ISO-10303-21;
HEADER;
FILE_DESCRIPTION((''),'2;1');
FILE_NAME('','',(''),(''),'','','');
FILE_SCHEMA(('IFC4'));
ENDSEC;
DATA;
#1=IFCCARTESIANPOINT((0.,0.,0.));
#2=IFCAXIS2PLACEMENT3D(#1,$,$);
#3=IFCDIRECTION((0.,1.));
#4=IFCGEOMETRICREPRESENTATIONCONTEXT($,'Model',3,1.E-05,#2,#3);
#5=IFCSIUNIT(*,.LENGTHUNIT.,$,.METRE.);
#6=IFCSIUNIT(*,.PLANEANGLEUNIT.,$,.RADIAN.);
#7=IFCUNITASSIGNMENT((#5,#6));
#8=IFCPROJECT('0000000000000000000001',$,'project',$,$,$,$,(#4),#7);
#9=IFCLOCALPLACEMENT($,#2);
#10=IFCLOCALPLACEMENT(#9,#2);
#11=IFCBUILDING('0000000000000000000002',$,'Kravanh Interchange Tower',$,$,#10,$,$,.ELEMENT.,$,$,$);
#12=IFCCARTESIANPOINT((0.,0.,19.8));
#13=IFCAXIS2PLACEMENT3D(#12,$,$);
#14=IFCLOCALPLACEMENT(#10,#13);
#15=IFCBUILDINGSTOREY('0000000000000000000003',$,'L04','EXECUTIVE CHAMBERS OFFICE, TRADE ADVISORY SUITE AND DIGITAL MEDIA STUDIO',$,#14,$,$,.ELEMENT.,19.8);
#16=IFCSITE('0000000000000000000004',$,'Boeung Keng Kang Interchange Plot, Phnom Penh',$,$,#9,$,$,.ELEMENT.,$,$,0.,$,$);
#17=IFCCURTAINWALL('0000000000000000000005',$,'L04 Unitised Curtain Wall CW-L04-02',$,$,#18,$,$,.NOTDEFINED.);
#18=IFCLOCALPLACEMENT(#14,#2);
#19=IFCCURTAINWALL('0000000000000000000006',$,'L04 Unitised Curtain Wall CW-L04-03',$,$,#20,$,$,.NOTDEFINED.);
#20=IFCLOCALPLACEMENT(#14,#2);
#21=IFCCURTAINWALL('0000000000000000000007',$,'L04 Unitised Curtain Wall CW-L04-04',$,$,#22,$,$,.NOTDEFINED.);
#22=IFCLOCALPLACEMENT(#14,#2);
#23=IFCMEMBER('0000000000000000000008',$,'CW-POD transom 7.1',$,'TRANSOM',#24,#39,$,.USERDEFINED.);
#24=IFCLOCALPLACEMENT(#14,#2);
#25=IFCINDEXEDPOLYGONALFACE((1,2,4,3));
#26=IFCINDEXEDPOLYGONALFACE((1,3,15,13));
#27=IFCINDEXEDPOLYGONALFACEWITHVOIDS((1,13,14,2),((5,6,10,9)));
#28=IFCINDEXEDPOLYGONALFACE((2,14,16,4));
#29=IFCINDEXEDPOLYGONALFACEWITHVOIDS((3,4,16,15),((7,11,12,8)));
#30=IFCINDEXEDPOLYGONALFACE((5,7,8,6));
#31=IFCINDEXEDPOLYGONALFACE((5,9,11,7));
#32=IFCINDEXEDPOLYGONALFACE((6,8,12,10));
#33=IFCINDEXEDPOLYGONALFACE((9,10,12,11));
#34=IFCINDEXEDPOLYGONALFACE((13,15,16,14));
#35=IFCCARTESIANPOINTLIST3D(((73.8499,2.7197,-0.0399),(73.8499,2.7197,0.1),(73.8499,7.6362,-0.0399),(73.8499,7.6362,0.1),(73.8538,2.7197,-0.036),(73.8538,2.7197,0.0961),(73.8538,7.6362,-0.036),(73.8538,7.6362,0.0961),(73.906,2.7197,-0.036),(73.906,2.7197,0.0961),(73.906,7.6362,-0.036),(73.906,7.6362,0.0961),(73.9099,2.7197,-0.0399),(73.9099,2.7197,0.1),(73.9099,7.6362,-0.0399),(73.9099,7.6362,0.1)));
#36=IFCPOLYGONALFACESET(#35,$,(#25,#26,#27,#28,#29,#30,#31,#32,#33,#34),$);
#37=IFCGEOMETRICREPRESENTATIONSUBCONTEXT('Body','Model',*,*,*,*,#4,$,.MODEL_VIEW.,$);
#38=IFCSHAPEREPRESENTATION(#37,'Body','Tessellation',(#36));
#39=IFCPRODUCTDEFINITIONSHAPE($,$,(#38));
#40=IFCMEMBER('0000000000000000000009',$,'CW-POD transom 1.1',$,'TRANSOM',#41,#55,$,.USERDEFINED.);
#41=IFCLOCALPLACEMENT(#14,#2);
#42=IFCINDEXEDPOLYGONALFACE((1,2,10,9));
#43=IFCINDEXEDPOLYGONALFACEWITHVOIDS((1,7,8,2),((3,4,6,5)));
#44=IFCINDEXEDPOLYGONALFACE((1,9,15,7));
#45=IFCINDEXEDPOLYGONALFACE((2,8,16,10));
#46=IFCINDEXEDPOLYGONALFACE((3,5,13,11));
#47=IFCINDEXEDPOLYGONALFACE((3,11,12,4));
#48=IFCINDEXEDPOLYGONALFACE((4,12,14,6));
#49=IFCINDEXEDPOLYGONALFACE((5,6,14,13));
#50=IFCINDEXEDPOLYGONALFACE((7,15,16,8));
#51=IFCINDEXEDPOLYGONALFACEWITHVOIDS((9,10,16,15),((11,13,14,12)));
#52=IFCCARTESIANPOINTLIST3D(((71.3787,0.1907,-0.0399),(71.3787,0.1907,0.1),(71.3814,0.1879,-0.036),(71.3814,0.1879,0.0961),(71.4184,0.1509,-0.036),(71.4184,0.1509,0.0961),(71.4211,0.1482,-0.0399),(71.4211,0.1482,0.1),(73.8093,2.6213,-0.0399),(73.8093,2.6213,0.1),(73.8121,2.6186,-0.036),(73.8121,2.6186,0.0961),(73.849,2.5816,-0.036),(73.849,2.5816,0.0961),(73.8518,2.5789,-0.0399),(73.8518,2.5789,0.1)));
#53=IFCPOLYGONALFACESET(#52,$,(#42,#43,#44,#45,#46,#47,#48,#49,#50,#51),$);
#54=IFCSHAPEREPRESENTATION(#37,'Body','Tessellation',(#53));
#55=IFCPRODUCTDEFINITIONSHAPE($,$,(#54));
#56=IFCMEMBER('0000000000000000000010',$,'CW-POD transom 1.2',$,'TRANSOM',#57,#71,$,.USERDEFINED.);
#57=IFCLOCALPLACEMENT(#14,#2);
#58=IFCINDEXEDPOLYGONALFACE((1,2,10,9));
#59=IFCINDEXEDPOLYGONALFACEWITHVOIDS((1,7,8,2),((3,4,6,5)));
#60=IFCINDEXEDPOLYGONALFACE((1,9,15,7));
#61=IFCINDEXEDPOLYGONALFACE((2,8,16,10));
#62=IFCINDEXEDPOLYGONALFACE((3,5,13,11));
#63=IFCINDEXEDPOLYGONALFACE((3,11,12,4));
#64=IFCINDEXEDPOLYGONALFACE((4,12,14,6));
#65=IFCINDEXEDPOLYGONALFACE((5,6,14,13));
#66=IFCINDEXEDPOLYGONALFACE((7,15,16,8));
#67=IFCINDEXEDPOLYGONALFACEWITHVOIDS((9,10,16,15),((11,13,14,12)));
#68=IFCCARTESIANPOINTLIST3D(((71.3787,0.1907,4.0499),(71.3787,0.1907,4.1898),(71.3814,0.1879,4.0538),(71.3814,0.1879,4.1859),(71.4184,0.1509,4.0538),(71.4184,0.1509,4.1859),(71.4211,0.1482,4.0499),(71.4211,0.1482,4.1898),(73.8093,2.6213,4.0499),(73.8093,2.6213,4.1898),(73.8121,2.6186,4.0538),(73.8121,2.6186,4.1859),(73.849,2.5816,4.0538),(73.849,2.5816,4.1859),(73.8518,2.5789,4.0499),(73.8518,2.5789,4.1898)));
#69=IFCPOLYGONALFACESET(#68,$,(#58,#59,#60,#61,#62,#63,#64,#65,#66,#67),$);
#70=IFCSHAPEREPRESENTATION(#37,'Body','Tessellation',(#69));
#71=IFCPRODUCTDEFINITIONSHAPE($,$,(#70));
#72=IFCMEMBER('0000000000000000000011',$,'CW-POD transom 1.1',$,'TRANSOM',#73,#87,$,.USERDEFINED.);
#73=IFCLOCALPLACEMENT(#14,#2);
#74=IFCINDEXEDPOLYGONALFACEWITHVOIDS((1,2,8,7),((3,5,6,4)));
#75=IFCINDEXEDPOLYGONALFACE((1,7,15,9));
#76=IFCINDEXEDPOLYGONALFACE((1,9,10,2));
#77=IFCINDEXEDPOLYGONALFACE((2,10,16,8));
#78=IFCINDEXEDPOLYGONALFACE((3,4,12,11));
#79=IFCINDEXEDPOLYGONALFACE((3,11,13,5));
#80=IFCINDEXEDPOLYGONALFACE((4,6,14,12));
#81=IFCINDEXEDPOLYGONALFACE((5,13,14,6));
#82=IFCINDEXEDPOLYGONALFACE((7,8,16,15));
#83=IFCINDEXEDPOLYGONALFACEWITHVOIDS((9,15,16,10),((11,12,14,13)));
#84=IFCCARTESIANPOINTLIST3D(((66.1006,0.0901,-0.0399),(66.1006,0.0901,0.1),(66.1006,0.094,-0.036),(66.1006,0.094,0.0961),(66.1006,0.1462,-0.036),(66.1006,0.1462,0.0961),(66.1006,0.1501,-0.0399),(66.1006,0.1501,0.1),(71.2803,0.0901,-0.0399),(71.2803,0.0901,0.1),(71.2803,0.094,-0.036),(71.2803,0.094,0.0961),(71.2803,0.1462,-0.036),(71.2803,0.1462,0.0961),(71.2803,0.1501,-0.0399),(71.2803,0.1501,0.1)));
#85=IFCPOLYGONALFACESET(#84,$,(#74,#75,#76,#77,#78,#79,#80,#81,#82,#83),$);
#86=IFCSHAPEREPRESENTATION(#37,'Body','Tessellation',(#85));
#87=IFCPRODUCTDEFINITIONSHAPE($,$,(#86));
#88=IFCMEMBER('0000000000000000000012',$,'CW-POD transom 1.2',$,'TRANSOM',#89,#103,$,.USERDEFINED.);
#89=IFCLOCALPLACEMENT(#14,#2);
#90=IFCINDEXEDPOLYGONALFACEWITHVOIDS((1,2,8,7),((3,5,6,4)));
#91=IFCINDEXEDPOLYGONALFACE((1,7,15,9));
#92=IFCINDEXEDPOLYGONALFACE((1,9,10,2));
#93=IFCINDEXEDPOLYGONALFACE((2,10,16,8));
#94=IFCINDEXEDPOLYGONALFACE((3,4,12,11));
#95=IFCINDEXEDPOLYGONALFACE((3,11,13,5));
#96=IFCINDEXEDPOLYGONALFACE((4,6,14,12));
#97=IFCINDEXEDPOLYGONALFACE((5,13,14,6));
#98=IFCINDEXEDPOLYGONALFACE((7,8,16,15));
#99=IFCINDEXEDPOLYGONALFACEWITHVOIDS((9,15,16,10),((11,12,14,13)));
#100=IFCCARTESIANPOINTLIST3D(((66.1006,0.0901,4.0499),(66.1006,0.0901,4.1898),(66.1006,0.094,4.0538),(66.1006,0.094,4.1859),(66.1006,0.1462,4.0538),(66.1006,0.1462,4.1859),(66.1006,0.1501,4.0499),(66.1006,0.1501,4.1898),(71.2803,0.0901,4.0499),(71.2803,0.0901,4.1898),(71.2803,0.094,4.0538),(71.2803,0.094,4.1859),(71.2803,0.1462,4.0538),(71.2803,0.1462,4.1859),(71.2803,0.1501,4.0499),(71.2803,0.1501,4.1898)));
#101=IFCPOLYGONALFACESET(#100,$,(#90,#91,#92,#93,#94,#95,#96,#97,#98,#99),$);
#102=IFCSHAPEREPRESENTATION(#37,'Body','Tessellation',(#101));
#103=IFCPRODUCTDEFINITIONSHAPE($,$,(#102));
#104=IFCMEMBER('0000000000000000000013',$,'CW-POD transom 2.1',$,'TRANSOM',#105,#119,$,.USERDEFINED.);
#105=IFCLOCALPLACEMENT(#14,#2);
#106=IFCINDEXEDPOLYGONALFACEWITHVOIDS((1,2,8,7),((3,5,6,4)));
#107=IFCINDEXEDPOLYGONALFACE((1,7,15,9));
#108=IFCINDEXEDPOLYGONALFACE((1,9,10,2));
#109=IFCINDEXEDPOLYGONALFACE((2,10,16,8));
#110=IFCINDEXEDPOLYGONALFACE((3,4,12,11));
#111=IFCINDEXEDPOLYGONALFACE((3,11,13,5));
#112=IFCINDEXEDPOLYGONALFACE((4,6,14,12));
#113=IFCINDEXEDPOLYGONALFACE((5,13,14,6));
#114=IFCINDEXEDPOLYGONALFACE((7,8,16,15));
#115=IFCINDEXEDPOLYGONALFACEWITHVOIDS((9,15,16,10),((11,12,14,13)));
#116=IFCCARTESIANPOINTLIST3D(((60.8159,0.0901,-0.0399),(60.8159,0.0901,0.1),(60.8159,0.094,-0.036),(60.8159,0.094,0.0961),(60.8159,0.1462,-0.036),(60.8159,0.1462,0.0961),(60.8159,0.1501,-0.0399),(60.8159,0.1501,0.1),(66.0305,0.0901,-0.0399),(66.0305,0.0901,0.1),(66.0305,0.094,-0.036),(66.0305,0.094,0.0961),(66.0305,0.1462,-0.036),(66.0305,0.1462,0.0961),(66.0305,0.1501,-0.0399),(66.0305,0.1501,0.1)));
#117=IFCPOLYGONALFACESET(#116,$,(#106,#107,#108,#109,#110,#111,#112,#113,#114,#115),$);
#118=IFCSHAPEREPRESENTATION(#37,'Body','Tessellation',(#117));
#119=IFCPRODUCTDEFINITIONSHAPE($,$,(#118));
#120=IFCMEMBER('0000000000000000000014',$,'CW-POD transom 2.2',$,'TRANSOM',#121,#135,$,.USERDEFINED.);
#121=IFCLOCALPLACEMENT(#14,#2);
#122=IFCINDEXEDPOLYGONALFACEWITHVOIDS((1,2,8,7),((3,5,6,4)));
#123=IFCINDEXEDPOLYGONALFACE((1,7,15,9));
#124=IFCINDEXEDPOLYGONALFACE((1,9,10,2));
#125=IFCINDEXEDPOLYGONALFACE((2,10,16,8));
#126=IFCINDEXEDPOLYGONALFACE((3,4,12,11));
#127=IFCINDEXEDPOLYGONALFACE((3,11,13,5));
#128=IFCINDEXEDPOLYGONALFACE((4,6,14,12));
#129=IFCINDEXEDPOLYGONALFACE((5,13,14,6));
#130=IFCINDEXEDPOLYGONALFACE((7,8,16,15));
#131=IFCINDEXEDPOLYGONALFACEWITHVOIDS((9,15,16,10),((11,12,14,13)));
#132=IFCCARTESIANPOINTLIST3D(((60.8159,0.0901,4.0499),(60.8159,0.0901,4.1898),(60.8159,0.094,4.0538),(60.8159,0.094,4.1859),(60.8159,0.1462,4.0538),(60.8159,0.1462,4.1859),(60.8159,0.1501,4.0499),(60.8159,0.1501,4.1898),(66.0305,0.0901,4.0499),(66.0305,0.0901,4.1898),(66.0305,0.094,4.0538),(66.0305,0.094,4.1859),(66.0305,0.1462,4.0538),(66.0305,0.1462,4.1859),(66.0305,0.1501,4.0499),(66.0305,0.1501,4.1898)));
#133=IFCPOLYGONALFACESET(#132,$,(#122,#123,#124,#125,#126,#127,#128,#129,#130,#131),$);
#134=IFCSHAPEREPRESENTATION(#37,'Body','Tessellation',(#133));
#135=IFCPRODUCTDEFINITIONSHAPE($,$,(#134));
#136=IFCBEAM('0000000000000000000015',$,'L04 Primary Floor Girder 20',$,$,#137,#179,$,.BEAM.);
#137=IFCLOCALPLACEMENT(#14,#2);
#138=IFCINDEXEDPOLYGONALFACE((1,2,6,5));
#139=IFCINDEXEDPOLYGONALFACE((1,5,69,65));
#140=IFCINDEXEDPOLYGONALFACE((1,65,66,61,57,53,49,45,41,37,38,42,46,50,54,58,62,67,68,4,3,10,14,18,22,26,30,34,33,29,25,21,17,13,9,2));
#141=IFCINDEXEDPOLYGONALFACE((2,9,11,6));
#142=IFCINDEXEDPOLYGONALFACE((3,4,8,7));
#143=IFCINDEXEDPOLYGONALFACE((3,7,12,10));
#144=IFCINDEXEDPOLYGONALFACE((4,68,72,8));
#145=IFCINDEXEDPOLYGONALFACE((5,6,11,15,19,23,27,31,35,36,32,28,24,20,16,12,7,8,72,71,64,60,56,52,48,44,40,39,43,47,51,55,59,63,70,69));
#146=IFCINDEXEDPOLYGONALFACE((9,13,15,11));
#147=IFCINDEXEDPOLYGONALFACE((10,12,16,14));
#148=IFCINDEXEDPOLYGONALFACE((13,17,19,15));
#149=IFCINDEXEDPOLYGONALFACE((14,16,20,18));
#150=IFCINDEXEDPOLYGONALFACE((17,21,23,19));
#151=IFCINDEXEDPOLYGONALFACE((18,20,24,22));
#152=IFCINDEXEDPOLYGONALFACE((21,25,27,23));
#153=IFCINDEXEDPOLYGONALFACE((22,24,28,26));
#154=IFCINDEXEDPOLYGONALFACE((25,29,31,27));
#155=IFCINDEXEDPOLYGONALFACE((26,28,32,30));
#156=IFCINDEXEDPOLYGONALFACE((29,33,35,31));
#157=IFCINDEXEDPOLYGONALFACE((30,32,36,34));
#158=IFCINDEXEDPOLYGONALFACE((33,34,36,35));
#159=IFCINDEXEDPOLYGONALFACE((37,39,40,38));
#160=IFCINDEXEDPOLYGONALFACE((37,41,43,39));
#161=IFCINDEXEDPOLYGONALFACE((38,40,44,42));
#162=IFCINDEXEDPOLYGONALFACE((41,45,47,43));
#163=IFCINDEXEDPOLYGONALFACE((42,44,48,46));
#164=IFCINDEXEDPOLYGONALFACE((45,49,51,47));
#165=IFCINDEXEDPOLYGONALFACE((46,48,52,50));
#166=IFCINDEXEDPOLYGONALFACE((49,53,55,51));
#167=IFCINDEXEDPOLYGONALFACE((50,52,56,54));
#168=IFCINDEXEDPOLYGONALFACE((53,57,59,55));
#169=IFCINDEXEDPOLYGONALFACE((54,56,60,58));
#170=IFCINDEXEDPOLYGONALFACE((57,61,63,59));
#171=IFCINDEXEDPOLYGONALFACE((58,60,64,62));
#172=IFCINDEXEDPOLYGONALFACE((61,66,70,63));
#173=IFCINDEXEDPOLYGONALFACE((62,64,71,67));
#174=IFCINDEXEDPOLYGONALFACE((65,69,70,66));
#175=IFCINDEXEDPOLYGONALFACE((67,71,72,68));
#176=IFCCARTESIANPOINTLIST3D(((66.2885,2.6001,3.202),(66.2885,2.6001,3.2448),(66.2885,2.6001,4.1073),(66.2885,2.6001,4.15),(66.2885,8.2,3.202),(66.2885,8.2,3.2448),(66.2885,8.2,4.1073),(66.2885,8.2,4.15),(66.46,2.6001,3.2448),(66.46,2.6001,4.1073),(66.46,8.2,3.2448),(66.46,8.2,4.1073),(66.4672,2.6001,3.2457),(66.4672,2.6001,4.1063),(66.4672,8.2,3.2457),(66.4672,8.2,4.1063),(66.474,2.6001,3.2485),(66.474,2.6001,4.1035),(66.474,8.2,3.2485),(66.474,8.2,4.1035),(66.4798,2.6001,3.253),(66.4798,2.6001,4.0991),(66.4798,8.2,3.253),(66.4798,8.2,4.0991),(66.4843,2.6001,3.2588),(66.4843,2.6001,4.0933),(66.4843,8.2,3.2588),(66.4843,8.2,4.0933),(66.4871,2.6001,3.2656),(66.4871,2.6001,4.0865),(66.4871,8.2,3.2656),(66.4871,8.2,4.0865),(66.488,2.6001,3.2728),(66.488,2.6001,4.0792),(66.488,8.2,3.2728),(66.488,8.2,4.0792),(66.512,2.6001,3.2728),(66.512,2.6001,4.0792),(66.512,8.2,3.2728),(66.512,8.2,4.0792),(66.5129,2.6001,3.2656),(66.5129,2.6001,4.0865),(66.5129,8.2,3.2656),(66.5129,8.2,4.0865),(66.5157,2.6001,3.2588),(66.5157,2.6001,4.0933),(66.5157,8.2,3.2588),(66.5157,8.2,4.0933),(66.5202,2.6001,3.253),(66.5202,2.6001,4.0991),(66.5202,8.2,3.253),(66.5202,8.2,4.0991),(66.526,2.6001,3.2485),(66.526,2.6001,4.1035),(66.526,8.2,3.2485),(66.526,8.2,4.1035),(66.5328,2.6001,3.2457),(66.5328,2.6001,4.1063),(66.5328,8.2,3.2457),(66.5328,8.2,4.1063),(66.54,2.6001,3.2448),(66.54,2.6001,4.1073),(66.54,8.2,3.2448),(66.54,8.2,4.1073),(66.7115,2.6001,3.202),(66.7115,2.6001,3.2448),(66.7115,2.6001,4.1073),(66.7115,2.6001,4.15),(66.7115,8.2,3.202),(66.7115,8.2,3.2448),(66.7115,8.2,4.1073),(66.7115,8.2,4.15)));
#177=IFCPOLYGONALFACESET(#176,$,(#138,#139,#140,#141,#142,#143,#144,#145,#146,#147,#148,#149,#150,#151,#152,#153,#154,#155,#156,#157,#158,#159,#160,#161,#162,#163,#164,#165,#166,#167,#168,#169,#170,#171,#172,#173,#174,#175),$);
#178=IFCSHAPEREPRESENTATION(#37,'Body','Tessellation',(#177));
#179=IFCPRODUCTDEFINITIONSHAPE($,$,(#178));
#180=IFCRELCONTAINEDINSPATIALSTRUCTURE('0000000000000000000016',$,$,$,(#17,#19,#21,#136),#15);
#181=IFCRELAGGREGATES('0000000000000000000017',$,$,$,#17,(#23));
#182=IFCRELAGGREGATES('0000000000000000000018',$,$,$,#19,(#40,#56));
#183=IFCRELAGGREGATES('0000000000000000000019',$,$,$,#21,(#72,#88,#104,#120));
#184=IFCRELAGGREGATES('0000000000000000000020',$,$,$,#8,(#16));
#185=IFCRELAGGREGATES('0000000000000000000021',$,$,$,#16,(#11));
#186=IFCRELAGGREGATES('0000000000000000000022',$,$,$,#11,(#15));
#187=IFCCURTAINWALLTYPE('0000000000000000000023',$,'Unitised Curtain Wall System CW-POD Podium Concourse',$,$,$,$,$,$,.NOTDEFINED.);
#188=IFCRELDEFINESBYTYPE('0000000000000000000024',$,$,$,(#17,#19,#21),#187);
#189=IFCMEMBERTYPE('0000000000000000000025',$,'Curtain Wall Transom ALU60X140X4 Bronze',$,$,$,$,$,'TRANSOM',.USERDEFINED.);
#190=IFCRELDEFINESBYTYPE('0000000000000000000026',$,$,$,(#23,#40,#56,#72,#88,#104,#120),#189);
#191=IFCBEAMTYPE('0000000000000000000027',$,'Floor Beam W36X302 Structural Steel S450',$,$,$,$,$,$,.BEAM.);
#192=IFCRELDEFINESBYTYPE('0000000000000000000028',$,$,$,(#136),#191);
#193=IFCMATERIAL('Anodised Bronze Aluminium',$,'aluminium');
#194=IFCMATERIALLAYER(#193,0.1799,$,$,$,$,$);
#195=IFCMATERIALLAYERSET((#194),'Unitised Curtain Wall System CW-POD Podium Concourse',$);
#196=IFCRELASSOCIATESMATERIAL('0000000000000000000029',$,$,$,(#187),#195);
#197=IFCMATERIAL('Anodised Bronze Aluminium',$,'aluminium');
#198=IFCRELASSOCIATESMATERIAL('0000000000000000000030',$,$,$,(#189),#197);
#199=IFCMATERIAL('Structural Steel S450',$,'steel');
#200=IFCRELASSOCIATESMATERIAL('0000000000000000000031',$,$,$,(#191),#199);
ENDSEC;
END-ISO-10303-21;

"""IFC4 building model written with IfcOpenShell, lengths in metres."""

from ifc_helpers import new_model, si_unit, direction, frame, origin, origin_2d, place, context, subcontext, project, spatial, hollow_rectangle, i_section, extrude, material, layer, layer_set, material_profile, profile_set, type_object, element, aggregate, save


model = new_model("IFC4")

# Units and contexts
model_context = context("Model", 3, precision=1e-05, world=origin(), true_north=direction((0.0, 1.0)))
body_context = subcontext(model_context, "Body", "Model", "MODEL_VIEW")
ifc_project = project(units=[si_unit("LENGTHUNIT", "METRE"), si_unit("PLANEANGLEUNIT", "RADIAN")], contexts=[model_context])

# Site, building, storey
site_placement = place(None, origin())
site = spatial("IfcSite", under=ifc_project, at=site_placement, Name="Boeung Keng Kang Interchange Plot, Phnom Penh", CompositionType="ELEMENT", RefElevation=0.0)
building_placement = place(site_placement, origin())
building = spatial("IfcBuilding", under=site, at=building_placement, Name="Kravanh Interchange Tower", CompositionType="ELEMENT")
storey_placement = place(building_placement, frame((0.0, 0.0, 19.8)))
storey = spatial("IfcBuildingStorey", under=building, at=storey_placement, Name="L04", Description="EXECUTIVE CHAMBERS OFFICE, TRADE ADVISORY SUITE AND DIGITAL MEDIA STUDIO", CompositionType="ELEMENT", Elevation=19.8)

# Curtain wall
ifc_material_1 = material(Name="Anodised Bronze Aluminium", Category="aluminium")
ifc_layer_1 = layer(ifc_material_1, 0.1799)
ifc_layer_set_1 = layer_set([ifc_layer_1], Name="Unitised Curtain Wall System CW-POD Podium Concourse")
curtain_wall_type = type_object("IfcCurtainWallType", Name="Unitised Curtain Wall System CW-POD Podium Concourse", PredefinedType="NOTDEFINED", material=ifc_layer_set_1)
curtain_wall_1_placement = place(storey_placement, origin())
curtain_wall_1 = element("IfcCurtainWall", 1, at=curtain_wall_1_placement, inside=storey, type_object=curtain_wall_type, Name="L04 Unitised Curtain Wall CW-L04-02", PredefinedType="NOTDEFINED")

# Curtain walls
curtain_wall_2_placement = place(storey_placement, origin())
curtain_wall_2 = element("IfcCurtainWall", 2, at=curtain_wall_2_placement, inside=storey, type_object=curtain_wall_type, Name="L04 Unitised Curtain Wall CW-L04-03", PredefinedType="NOTDEFINED")
curtain_wall_3_placement = place(storey_placement, origin())
curtain_wall_3 = element("IfcCurtainWall", 3, at=curtain_wall_3_placement, inside=storey, type_object=curtain_wall_type, Name="L04 Unitised Curtain Wall CW-L04-04", PredefinedType="NOTDEFINED")

# Members
ifc_material_2 = material(Name="Anodised Bronze Aluminium", Category="aluminium")
ifc_material_profile_1 = material_profile(ifc_material_2, hollow_rectangle(XDim=0.0601, YDim=0.1399, WallThickness=0.0039, at=origin_2d()), Name="ALU60X140X4")
ifc_profile_set_1 = profile_set([ifc_material_profile_1], Name="Anodised Bronze Aluminium")
member_type_1 = type_object("IfcMemberType", Name="Curtain Wall Transom ALU60X140X4 Bronze", ElementType="TRANSOM", PredefinedType="USERDEFINED", material=ifc_profile_set_1)
member_1_placement = place(storey_placement, frame((73.8799, 7.6362, 0.03), z_axis=(0.0, -1.0, 0.0), x_axis=(1.0, 0.0, 0.0)))
member_1 = element("IfcMember", 4, at=member_1_placement, type_object=member_type_1, Name="CW-POD transom 7.1", ObjectType="TRANSOM", PredefinedType="USERDEFINED", context=body_context, shape_type="SweptSolid", body=[
    extrude(hollow_rectangle(XDim=0.0601, YDim=0.1399, WallThickness=0.0039, at=origin_2d()), origin(), (0.0, 0.0, 1.0), 4.9165),
])
member_2_placement = place(storey_placement, frame((73.8306, 2.6001, 0.03), z_axis=(-0.707107, -0.707107, 0.0), x_axis=(0.707107, -0.707107, 0.0)))
member_2 = element("IfcMember", 5, at=member_2_placement, type_object=member_type_1, Name="CW-POD transom 1.1", ObjectType="TRANSOM", PredefinedType="USERDEFINED", context=body_context, shape_type="SweptSolid", body=[
    extrude(hollow_rectangle(XDim=0.0601, YDim=0.1399, WallThickness=0.0039, at=origin_2d()), origin(), (0.0, 0.0, 1.0), 3.4375),
])
member_3_placement = place(storey_placement, frame((73.8306, 2.6001, 4.1199), z_axis=(-0.707107, -0.707107, 0.0), x_axis=(0.707107, -0.707107, 0.0)))
member_3 = element("IfcMember", 6, at=member_3_placement, type_object=member_type_1, Name="CW-POD transom 1.2", ObjectType="TRANSOM", PredefinedType="USERDEFINED", context=body_context, shape_type="SweptSolid", body=[
    extrude(hollow_rectangle(XDim=0.0601, YDim=0.1399, WallThickness=0.0039, at=origin_2d()), origin(), (0.0, 0.0, 1.0), 3.4375),
])
member_4_placement = place(storey_placement, frame((71.2803, 0.1201, 0.03), z_axis=(-1.0, 0.0, 0.0), x_axis=(0.0, -1.0, 0.0)))
member_4 = element("IfcMember", 7, at=member_4_placement, type_object=member_type_1, Name="CW-POD transom 1.1", ObjectType="TRANSOM", PredefinedType="USERDEFINED", context=body_context, shape_type="SweptSolid", body=[
    extrude(hollow_rectangle(XDim=0.0601, YDim=0.1399, WallThickness=0.0039, at=origin_2d()), origin(), (0.0, 0.0, 1.0), 5.1797),
])
member_5_placement = place(storey_placement, frame((71.2803, 0.1201, 4.1199), z_axis=(-1.0, 0.0, 0.0), x_axis=(0.0, -1.0, 0.0)))
member_5 = element("IfcMember", 8, at=member_5_placement, type_object=member_type_1, Name="CW-POD transom 1.2", ObjectType="TRANSOM", PredefinedType="USERDEFINED", context=body_context, shape_type="SweptSolid", body=[
    extrude(hollow_rectangle(XDim=0.0601, YDim=0.1399, WallThickness=0.0039, at=origin_2d()), origin(), (0.0, 0.0, 1.0), 5.1797),
])
member_6_placement = place(storey_placement, frame((66.0305, 0.1201, 0.03), z_axis=(-1.0, 0.0, 0.0), x_axis=(0.0, -1.0, 0.0)))
member_6 = element("IfcMember", 9, at=member_6_placement, type_object=member_type_1, Name="CW-POD transom 2.1", ObjectType="TRANSOM", PredefinedType="USERDEFINED", context=body_context, shape_type="SweptSolid", body=[
    extrude(hollow_rectangle(XDim=0.0601, YDim=0.1399, WallThickness=0.0039, at=origin_2d()), origin(), (0.0, 0.0, 1.0), 5.2146),
])
member_7_placement = place(storey_placement, frame((66.0305, 0.1201, 4.1199), z_axis=(-1.0, 0.0, 0.0), x_axis=(0.0, -1.0, 0.0)))
member_7 = element("IfcMember", 10, at=member_7_placement, type_object=member_type_1, Name="CW-POD transom 2.2", ObjectType="TRANSOM", PredefinedType="USERDEFINED", context=body_context, shape_type="SweptSolid", body=[
    extrude(hollow_rectangle(XDim=0.0601, YDim=0.1399, WallThickness=0.0039, at=origin_2d()), origin(), (0.0, 0.0, 1.0), 5.2146),
])

# Beam
ifc_material_3 = material(Name="Structural Steel S450", Category="steel")
ifc_material_profile_2 = material_profile(ifc_material_3, i_section(OverallWidth=0.4231, OverallDepth=0.948, WebThickness=0.0239, FlangeThickness=0.0427, FilletRadius=0.0281, at=origin_2d()), Name="W36X302")
ifc_profile_set_2 = profile_set([ifc_material_profile_2], Name="Structural Steel S450")
beam_type_1 = type_object("IfcBeamType", Name="Floor Beam W36X302 Structural Steel S450", PredefinedType="BEAM", material=ifc_profile_set_2)
beam_1_placement = place(storey_placement, frame((66.5, 2.6001, 3.676), z_axis=(0.0, 1.0, 0.0), x_axis=(-1.0, 0.0, 0.0)))
element("IfcBeam", 11, at=beam_1_placement, inside=storey, type_object=beam_type_1, Name="L04 Primary Floor Girder 20", PredefinedType="BEAM", context=body_context, shape_type="SweptSolid", body=[
    extrude(i_section(OverallWidth=0.4231, OverallDepth=0.948, WebThickness=0.0239, FlangeThickness=0.0427, FilletRadius=0.0281, at=origin_2d()), origin(), (0.0, 0.0, 1.0), 5.5999),
])

aggregate(curtain_wall_1, [member_1])
aggregate(curtain_wall_2, [member_2, member_3])
aggregate(curtain_wall_3, [member_4, member_5, member_6, member_7])

save(model, "model.ifc")
